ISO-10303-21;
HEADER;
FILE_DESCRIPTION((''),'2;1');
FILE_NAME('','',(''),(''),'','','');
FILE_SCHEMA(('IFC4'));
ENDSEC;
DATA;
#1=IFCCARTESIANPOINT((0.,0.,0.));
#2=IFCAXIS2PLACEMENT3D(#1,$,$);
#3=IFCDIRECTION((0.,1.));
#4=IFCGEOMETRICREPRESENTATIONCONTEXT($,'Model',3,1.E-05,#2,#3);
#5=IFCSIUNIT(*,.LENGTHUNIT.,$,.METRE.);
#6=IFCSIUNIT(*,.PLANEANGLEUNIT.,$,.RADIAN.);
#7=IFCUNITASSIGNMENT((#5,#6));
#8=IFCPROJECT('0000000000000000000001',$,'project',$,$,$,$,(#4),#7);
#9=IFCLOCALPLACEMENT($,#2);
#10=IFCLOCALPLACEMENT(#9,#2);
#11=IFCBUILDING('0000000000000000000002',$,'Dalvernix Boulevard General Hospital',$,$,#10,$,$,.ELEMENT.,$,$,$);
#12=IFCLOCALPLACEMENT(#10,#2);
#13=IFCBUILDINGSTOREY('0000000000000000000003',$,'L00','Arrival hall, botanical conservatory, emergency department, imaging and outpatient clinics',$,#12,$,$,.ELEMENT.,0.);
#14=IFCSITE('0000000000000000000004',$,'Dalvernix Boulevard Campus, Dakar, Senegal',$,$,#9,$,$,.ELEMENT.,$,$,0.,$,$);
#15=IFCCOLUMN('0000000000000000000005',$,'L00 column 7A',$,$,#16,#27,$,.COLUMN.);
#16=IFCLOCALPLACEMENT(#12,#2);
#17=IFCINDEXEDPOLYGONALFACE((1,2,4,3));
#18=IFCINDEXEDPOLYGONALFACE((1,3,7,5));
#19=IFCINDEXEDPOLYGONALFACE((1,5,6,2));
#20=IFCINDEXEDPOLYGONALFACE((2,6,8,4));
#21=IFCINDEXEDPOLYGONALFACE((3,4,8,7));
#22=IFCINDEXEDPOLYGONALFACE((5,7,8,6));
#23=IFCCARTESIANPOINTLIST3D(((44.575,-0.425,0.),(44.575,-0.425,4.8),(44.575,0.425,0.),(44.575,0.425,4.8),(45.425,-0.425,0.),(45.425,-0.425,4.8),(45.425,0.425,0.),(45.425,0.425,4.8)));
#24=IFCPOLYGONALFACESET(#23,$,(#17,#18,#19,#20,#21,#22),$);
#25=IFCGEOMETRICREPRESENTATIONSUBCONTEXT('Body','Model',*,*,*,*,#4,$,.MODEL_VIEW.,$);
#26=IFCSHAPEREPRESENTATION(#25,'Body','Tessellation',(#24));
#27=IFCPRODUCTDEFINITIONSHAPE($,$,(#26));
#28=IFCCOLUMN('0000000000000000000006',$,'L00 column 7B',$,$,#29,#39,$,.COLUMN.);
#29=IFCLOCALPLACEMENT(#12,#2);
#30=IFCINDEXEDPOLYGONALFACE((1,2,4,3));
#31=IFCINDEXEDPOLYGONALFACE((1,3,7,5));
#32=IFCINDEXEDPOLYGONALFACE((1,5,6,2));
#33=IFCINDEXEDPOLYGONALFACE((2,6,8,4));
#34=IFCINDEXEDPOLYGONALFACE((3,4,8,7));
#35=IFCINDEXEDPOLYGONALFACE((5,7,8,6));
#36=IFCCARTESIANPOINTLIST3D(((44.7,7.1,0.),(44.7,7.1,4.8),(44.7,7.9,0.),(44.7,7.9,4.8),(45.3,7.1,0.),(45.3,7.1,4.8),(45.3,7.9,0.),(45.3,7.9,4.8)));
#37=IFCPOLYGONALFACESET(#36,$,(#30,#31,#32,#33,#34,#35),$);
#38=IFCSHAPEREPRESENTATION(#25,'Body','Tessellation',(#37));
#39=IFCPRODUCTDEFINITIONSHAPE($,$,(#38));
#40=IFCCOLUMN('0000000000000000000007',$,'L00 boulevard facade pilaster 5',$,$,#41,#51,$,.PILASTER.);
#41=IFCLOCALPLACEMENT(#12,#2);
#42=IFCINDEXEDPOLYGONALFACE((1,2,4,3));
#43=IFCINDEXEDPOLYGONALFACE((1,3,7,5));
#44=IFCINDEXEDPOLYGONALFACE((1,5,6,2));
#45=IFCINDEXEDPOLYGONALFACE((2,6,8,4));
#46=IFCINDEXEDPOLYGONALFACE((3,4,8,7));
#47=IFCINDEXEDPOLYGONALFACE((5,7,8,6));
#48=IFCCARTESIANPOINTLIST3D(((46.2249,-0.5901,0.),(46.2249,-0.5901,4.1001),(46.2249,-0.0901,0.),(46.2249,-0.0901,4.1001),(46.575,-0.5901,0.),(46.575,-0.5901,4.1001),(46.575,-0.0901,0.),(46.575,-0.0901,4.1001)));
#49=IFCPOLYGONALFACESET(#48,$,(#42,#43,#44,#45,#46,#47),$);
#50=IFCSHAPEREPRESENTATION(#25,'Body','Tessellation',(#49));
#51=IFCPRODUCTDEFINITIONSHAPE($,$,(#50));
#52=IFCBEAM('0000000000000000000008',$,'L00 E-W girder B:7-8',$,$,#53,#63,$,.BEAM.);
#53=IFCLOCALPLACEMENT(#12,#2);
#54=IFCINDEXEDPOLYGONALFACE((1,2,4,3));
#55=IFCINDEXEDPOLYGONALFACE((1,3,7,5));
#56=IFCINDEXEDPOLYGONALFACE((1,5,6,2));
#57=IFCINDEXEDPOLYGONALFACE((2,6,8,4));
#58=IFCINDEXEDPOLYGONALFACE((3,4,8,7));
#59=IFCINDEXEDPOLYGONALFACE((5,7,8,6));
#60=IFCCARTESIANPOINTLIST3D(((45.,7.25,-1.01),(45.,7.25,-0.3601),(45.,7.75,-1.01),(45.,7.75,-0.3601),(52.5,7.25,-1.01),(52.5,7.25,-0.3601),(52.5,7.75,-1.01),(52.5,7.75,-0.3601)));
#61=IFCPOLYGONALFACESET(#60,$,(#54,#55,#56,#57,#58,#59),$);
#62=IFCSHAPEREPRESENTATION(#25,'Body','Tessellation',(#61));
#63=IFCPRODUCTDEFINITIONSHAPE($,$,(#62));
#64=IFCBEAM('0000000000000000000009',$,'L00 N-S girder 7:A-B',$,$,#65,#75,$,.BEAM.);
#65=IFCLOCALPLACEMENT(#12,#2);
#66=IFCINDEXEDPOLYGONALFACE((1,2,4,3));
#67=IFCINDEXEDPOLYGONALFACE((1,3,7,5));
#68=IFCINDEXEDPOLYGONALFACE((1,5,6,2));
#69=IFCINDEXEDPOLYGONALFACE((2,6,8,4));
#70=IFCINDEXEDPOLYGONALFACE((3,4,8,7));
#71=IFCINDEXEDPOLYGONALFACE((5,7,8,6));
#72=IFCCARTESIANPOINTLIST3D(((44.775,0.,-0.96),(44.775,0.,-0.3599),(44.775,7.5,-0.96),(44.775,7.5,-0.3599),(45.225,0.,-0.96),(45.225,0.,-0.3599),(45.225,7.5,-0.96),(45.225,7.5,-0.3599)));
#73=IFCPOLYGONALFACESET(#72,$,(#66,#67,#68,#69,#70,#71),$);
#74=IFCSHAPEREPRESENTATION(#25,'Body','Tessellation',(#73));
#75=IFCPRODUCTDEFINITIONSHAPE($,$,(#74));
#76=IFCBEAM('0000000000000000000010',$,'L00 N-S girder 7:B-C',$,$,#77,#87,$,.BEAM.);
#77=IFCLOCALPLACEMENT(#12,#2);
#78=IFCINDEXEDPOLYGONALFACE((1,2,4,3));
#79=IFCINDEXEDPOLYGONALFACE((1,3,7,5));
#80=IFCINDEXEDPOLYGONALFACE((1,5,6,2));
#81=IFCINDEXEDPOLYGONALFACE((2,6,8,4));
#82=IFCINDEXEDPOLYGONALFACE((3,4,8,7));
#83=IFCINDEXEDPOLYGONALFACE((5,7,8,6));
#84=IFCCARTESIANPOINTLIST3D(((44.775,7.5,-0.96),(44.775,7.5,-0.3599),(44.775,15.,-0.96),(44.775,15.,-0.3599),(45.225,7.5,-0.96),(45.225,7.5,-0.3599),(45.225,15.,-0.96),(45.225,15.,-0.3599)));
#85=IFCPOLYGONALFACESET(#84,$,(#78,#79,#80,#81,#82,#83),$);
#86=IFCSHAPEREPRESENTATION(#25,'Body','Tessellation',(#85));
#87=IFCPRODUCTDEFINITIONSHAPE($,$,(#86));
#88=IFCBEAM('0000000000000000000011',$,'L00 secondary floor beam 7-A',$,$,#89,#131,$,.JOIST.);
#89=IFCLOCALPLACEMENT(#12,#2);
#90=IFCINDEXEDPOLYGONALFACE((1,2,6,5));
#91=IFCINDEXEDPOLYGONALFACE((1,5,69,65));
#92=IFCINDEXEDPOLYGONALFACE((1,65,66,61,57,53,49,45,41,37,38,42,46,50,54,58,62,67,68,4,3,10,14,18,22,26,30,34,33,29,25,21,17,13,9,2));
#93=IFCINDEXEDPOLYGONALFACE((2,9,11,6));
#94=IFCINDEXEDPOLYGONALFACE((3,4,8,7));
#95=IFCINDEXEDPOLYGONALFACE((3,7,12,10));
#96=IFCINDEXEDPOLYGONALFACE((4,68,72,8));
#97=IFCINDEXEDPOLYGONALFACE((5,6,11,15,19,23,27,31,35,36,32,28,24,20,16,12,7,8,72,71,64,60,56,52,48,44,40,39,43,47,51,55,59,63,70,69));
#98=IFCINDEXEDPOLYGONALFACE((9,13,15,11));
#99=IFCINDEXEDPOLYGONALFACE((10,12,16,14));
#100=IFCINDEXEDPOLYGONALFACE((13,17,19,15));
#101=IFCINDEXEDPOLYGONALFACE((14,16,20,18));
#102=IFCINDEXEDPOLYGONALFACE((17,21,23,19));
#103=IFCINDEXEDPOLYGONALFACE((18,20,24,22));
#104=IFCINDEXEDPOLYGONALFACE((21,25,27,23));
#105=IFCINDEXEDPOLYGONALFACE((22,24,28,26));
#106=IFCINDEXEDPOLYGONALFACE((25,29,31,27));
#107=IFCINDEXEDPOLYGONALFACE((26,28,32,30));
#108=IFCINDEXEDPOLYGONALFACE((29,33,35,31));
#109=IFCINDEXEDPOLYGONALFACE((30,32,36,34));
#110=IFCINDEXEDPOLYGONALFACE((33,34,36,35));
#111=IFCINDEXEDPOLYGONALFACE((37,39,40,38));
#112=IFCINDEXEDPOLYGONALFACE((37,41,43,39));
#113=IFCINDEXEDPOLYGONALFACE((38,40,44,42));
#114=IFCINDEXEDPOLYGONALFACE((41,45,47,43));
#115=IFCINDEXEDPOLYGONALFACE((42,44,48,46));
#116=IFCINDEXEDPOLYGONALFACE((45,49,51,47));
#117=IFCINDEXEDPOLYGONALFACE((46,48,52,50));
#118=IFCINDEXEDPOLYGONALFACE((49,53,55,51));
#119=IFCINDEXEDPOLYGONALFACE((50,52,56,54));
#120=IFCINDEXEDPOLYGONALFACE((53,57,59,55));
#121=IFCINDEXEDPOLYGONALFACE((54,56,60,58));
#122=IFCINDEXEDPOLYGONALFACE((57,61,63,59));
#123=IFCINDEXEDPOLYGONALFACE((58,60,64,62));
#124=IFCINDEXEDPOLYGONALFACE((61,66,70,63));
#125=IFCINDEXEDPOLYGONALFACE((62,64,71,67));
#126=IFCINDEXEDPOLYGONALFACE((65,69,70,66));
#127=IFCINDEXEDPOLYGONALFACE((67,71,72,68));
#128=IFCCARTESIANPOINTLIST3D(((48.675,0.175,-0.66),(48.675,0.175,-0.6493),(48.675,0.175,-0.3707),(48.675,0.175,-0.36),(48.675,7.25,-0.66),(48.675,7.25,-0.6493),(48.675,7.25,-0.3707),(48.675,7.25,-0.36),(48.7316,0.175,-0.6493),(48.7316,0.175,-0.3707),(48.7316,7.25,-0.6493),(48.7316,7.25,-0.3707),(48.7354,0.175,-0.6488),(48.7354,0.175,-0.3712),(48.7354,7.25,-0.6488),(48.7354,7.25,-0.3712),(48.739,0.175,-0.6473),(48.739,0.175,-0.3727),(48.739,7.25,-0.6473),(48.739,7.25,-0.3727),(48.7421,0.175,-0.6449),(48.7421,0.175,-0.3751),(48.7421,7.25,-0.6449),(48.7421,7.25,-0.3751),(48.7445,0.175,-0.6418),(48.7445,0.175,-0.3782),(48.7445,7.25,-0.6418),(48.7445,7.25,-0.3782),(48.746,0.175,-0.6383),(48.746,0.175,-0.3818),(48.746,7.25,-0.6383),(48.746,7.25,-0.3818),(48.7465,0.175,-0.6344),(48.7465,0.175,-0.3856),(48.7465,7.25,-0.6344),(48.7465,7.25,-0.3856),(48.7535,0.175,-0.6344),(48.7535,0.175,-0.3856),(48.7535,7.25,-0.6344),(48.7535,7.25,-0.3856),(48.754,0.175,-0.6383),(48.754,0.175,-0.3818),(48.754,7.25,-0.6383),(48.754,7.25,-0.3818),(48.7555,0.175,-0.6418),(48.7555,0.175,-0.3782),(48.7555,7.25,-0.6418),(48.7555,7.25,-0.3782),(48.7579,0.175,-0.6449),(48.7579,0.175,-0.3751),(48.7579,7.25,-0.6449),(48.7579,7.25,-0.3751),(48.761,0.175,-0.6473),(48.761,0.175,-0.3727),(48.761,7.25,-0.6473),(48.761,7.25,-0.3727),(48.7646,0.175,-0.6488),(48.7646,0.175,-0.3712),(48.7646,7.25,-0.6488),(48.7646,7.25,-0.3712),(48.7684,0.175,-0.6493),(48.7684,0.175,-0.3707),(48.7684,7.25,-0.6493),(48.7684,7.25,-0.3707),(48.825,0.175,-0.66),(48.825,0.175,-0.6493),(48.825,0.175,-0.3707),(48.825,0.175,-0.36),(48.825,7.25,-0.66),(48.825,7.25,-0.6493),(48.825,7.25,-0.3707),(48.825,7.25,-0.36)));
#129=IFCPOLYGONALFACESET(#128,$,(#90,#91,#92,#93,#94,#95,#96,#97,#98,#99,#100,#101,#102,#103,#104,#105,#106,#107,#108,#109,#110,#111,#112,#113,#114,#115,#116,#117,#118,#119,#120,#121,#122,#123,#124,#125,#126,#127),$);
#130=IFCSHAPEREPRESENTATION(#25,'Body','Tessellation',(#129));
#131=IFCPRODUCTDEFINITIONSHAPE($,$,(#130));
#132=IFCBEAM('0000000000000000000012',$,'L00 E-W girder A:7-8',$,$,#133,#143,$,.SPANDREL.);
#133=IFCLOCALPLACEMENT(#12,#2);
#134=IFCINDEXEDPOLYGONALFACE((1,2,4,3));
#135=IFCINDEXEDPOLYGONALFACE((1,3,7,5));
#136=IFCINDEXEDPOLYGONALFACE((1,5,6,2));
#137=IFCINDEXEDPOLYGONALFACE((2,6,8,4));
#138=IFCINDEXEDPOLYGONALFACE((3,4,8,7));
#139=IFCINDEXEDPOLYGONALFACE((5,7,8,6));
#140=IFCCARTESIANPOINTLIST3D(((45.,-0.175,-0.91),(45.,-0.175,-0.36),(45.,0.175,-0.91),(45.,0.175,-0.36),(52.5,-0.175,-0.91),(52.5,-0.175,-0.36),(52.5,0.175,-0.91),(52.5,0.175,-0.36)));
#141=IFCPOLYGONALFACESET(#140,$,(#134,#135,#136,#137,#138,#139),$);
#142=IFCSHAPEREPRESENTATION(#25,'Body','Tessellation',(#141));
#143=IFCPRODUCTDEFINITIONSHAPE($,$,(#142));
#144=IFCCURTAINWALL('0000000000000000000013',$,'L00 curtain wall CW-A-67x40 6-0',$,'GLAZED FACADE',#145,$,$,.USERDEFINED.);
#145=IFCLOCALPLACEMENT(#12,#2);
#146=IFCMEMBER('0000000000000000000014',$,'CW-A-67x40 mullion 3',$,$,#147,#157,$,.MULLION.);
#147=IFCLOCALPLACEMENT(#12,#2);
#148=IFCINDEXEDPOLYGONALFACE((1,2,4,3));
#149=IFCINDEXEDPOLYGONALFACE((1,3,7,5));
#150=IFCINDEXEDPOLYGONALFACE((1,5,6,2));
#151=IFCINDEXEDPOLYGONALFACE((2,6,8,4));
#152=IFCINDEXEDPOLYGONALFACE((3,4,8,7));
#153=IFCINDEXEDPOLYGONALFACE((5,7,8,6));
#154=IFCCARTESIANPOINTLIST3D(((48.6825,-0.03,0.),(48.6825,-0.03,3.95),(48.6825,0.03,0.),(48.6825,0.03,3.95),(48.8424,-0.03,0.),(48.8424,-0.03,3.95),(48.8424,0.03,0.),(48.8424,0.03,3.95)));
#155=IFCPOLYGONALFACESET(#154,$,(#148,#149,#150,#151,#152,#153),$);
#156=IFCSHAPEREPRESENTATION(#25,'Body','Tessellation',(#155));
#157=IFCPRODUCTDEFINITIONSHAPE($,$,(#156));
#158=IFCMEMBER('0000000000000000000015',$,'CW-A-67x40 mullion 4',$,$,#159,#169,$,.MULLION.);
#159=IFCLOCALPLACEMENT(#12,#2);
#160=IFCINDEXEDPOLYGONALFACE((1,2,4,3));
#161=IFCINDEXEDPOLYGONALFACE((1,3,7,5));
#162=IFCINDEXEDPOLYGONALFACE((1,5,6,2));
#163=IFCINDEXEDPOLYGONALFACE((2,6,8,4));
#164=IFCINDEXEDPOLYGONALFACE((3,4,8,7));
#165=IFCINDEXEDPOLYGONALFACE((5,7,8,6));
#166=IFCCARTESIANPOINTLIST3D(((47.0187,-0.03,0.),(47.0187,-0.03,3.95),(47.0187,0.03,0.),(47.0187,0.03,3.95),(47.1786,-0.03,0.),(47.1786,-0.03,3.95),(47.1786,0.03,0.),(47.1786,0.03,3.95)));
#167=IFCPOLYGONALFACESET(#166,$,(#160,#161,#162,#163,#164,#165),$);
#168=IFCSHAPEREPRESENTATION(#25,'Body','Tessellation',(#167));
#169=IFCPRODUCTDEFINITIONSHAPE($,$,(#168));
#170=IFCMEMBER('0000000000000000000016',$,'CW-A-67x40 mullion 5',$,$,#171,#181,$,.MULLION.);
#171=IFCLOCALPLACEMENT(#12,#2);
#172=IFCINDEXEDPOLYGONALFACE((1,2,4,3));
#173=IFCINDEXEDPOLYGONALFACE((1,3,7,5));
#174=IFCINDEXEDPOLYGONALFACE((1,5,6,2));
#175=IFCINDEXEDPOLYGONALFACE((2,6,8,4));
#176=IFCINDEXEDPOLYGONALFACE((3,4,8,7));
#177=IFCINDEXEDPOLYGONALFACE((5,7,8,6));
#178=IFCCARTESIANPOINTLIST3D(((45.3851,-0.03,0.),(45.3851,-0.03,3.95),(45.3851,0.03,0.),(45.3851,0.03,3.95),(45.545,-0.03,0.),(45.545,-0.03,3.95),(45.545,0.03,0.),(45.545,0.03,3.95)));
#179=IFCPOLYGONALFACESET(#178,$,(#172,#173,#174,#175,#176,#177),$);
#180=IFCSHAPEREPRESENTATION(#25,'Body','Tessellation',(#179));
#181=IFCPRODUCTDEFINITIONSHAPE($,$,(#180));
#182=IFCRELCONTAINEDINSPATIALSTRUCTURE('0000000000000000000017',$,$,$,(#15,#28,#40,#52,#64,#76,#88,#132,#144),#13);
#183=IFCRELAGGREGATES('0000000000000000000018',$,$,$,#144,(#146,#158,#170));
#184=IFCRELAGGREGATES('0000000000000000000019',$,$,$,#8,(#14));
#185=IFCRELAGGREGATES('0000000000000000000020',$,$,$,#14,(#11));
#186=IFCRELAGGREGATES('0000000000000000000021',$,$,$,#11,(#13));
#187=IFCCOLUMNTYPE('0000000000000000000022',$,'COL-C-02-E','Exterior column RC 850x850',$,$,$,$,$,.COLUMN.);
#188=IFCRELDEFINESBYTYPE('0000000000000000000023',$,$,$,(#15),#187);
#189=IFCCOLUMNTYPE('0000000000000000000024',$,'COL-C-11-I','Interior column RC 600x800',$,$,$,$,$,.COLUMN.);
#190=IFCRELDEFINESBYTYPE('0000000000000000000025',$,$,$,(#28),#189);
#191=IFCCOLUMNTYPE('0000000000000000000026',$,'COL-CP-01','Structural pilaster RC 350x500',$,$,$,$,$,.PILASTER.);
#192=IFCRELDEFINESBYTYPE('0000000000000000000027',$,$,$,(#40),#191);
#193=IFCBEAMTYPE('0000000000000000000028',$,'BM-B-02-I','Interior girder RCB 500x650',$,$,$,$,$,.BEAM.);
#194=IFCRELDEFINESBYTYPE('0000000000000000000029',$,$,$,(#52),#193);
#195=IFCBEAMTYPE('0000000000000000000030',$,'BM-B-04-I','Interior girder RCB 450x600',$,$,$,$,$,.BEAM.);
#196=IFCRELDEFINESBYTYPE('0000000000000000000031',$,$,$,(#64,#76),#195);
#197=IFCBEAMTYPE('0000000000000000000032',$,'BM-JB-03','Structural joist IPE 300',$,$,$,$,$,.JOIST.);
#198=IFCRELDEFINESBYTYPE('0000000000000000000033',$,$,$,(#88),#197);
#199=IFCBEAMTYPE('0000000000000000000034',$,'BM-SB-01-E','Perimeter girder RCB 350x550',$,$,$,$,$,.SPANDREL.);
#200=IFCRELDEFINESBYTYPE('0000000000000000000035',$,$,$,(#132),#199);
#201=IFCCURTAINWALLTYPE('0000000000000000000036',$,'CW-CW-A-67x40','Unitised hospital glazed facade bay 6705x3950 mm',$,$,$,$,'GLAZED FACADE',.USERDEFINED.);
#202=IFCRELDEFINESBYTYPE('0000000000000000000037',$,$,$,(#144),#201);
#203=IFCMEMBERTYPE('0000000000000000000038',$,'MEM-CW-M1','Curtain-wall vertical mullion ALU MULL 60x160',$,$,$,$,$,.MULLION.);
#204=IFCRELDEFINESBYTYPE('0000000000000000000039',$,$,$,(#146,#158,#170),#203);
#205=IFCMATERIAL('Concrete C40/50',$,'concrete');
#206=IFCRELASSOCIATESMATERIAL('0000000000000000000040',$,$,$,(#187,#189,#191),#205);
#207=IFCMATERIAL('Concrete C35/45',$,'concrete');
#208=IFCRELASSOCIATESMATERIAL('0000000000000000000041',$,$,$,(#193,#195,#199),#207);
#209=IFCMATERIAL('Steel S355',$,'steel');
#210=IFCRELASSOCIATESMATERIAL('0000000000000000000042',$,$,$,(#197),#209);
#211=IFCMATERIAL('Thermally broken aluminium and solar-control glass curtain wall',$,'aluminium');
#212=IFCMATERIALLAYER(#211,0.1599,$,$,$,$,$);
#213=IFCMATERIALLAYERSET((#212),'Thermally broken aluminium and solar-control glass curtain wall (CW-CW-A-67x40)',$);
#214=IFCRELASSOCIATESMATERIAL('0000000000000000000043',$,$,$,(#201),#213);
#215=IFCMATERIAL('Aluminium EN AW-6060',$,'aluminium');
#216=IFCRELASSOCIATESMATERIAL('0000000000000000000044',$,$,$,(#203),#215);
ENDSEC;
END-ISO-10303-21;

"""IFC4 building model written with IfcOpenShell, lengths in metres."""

from ifc_helpers import new_model, si_unit, direction, frame, origin, origin_2d, place, context, subcontext, project, spatial, rectangle, i_section, extrude, material, layer, layer_set, material_profile, profile_set, type_object, element, aggregate, save


model = new_model("IFC4")

# Units and contexts
model_context = context("Model", 3, precision=1e-05, world=origin(), true_north=direction((0.0, 1.0)))
body_context = subcontext(model_context, "Body", "Model", "MODEL_VIEW")
ifc_project = project(units=[si_unit("LENGTHUNIT", "METRE"), si_unit("PLANEANGLEUNIT", "RADIAN")], contexts=[model_context])

# Site, building, storey
site_placement = place(None, origin())
site = spatial("IfcSite", under=ifc_project, at=site_placement, Name="Dalvernix Boulevard Campus, Dakar, Senegal", CompositionType="ELEMENT", RefElevation=0.0)
building_placement = place(site_placement, origin())
building = spatial("IfcBuilding", under=site, at=building_placement, Name="Dalvernix Boulevard General Hospital", CompositionType="ELEMENT")
storey_placement = place(building_placement, origin())
storey = spatial("IfcBuildingStorey", under=building, at=storey_placement, Name="L00", Description="Arrival hall, botanical conservatory, emergency department, imaging and outpatient clinics", CompositionType="ELEMENT", Elevation=0.0)

# Columns
ifc_material_1 = material(Name="Concrete C40/50", Category="concrete")
ifc_material_profile_1 = material_profile(ifc_material_1, rectangle(XDim=0.8501, YDim=0.8501, at=origin_2d()), Name="RC 850x850")
ifc_profile_set_1 = profile_set([ifc_material_profile_1], Name="Concrete C40/50")
column_type_1 = type_object("IfcColumnType", Name="COL-C-02-E", Description="Exterior column RC 850x850", PredefinedType="COLUMN", material=ifc_profile_set_1)
column_1_placement = place(storey_placement, frame((45.0, 0.0, 0.0), z_axis=(0.0, 0.0, 1.0), x_axis=(1.0, 0.0, 0.0)))
element("IfcColumn", 1, at=column_1_placement, inside=storey, type_object=column_type_1, Name="L00 column 7A", PredefinedType="COLUMN", context=body_context, shape_type="SweptSolid", body=[
    extrude(rectangle(XDim=0.8501, YDim=0.8501, at=origin_2d()), origin(), (0.0, 0.0, 1.0), 4.8),
])
ifc_material_profile_2 = material_profile(ifc_material_1, rectangle(XDim=0.6001, YDim=0.8, at=origin_2d()), Name="RC 600x800")
ifc_profile_set_2 = profile_set([ifc_material_profile_2], Name="Concrete C40/50")
column_type_2 = type_object("IfcColumnType", Name="COL-C-11-I", Description="Interior column RC 600x800", PredefinedType="COLUMN", material=ifc_profile_set_2)
column_2_placement = place(storey_placement, frame((45.0, 7.5, 0.0), z_axis=(0.0, 0.0, 1.0), x_axis=(1.0, 0.0, 0.0)))
element("IfcColumn", 2, at=column_2_placement, inside=storey, type_object=column_type_2, Name="L00 column 7B", PredefinedType="COLUMN", context=body_context, shape_type="SweptSolid", body=[
    extrude(rectangle(XDim=0.6001, YDim=0.8, at=origin_2d()), origin(), (0.0, 0.0, 1.0), 4.8),
])
ifc_material_profile_3 = material_profile(ifc_material_1, rectangle(XDim=0.3501, YDim=0.5, at=origin_2d()), Name="RC 350x500")
ifc_profile_set_3 = profile_set([ifc_material_profile_3], Name="Concrete C40/50")
column_type_3 = type_object("IfcColumnType", Name="COL-CP-01", Description="Structural pilaster RC 350x500", PredefinedType="PILASTER", material=ifc_profile_set_3)
column_3_placement = place(storey_placement, frame((46.3999, -0.3401, 0.0), z_axis=(0.0, 0.0, 1.0), x_axis=(1.0, 0.0, 0.0)))
element("IfcColumn", 3, at=column_3_placement, inside=storey, type_object=column_type_3, Name="L00 boulevard facade pilaster 5", PredefinedType="PILASTER", context=body_context, shape_type="SweptSolid", body=[
    extrude(rectangle(XDim=0.3501, YDim=0.5, at=origin_2d()), origin(), (0.0, 0.0, 1.0), 4.1001),
])

# Beams
ifc_material_2 = material(Name="Concrete C35/45", Category="concrete")
ifc_material_profile_4 = material_profile(ifc_material_2, rectangle(XDim=0.5, YDim=0.6499, at=origin_2d()), Name="RCB 500x650")
ifc_profile_set_4 = profile_set([ifc_material_profile_4], Name="Concrete C35/45")
beam_type_1 = type_object("IfcBeamType", Name="BM-B-02-I", Description="Interior girder RCB 500x650", PredefinedType="BEAM", material=ifc_profile_set_4)
beam_1_placement = place(storey_placement, frame((45.0, 7.5, -0.6851), z_axis=(1.0, 0.0, 0.0), x_axis=(0.0, 1.0, 0.0)))
element("IfcBeam", 4, at=beam_1_placement, inside=storey, type_object=beam_type_1, Name="L00 E-W girder B:7-8", PredefinedType="BEAM", context=body_context, shape_type="SweptSolid", body=[
    extrude(rectangle(XDim=0.5, YDim=0.6499, at=origin_2d()), origin(), (0.0, 0.0, 1.0), 7.5),
])
ifc_material_profile_5 = material_profile(ifc_material_2, rectangle(XDim=0.45, YDim=0.6001, at=origin_2d()), Name="RCB 450x600")
ifc_profile_set_5 = profile_set([ifc_material_profile_5], Name="Concrete C35/45")
beam_type_2 = type_object("IfcBeamType", Name="BM-B-04-I", Description="Interior girder RCB 450x600", PredefinedType="BEAM", material=ifc_profile_set_5)
for number, where, z_axis, x_axis, name in (
    (5, (45.0, 0.0, -0.6599), (0.0, 1.0, 0.0), (-1.0, 0.0, 0.0), "L00 N-S girder 7:A-B"),
    (6, (45.0, 7.5, -0.6599), (0.0, 1.0, 0.0), (-1.0, 0.0, 0.0), "L00 N-S girder 7:B-C"),
):
    element("IfcBeam", number, at=place(storey_placement, frame(where, z_axis=z_axis, x_axis=x_axis)), inside=storey, type_object=beam_type_2, Name=name, PredefinedType="BEAM", context=body_context, shape_type="SweptSolid", body=[
        extrude(rectangle(XDim=0.45, YDim=0.6001, at=origin_2d()), origin(), (0.0, 0.0, 1.0), 7.5),
    ])
ifc_material_3 = material(Name="Steel S355", Category="steel")
ifc_material_profile_6 = material_profile(ifc_material_3, i_section(OverallWidth=0.1499, OverallDepth=0.3, WebThickness=0.0071, FlangeThickness=0.0107, FilletRadius=0.0149, at=origin_2d()), Name="IPE 300")
ifc_profile_set_6 = profile_set([ifc_material_profile_6], Name="Steel S355")
beam_type_3 = type_object("IfcBeamType", Name="BM-JB-03", Description="Structural joist IPE 300", PredefinedType="JOIST", material=ifc_profile_set_6)
beam_2_placement = place(storey_placement, frame((48.75, 0.175, -0.51), z_axis=(0.0, 1.0, 0.0), x_axis=(-1.0, 0.0, 0.0)))
element("IfcBeam", 7, at=beam_2_placement, inside=storey, type_object=beam_type_3, Name="L00 secondary floor beam 7-A", PredefinedType="JOIST", context=body_context, shape_type="SweptSolid", body=[
    extrude(i_section(OverallWidth=0.1499, OverallDepth=0.3, WebThickness=0.0071, FlangeThickness=0.0107, FilletRadius=0.0149, at=origin_2d()), origin(), (0.0, 0.0, 1.0), 7.075),
])
ifc_material_profile_7 = material_profile(ifc_material_2, rectangle(XDim=0.3501, YDim=0.55, at=origin_2d()), Name="RCB 350x550")
ifc_profile_set_7 = profile_set([ifc_material_profile_7], Name="Concrete C35/45")
beam_type_4 = type_object("IfcBeamType", Name="BM-SB-01-E", Description="Perimeter girder RCB 350x550", PredefinedType="SPANDREL", material=ifc_profile_set_7)
beam_3_placement = place(storey_placement, frame((45.0, 0.0, -0.635), z_axis=(1.0, 0.0, 0.0), x_axis=(0.0, 1.0, 0.0)))
element("IfcBeam", 8, at=beam_3_placement, inside=storey, type_object=beam_type_4, Name="L00 E-W girder A:7-8", PredefinedType="SPANDREL", context=body_context, shape_type="SweptSolid", body=[
    extrude(rectangle(XDim=0.3501, YDim=0.55, at=origin_2d()), origin(), (0.0, 0.0, 1.0), 7.5),
])

# Curtain wall, members
ifc_material_4 = material(Name="Thermally broken aluminium and solar-control glass curtain wall", Category="aluminium")
ifc_layer_1 = layer(ifc_material_4, 0.1599)
ifc_layer_set_1 = layer_set([ifc_layer_1], Name="Thermally broken aluminium and solar-control glass curtain wall (CW-CW-A-67x40)")
curtain_wall_type = type_object("IfcCurtainWallType", Name="CW-CW-A-67x40", Description="Unitised hospital glazed facade bay 6705x3950 mm", ElementType="GLAZED FACADE", PredefinedType="USERDEFINED", material=ifc_layer_set_1)
curtain_wall_placement = place(storey_placement, origin())
curtain_wall = element("IfcCurtainWall", 9, at=curtain_wall_placement, inside=storey, type_object=curtain_wall_type, Name="L00 curtain wall CW-A-67x40 6-0", ObjectType="GLAZED FACADE", PredefinedType="USERDEFINED")
ifc_material_5 = material(Name="Aluminium EN AW-6060", Category="aluminium")
ifc_material_profile_8 = material_profile(ifc_material_5, rectangle(XDim=0.0601, YDim=0.1599, at=origin_2d()), Name="ALU MULL 60x160")
ifc_profile_set_8 = profile_set([ifc_material_profile_8], Name="Aluminium EN AW-6060")
member_type_1 = type_object("IfcMemberType", Name="MEM-CW-M1", Description="Curtain-wall vertical mullion ALU MULL 60x160", PredefinedType="MULLION", material=ifc_profile_set_8)
member_1_placement = place(storey_placement, frame((48.7625, 0.0, 0.0), z_axis=(0.0, 0.0, 1.0), x_axis=(0.0, -1.0, 0.0)))
member_1 = element("IfcMember", 10, at=member_1_placement, type_object=member_type_1, Name="CW-A-67x40 mullion 3", PredefinedType="MULLION", context=body_context, shape_type="SweptSolid", body=[
    extrude(rectangle(XDim=0.0601, YDim=0.1599, at=origin_2d()), origin(), (0.0, 0.0, 1.0), 3.95),
])
member_2_placement = place(storey_placement, frame((47.0986, 0.0, 0.0), z_axis=(0.0, 0.0, 1.0), x_axis=(0.0, -1.0, 0.0)))
member_2 = element("IfcMember", 11, at=member_2_placement, type_object=member_type_1, Name="CW-A-67x40 mullion 4", PredefinedType="MULLION", context=body_context, shape_type="SweptSolid", body=[
    extrude(rectangle(XDim=0.0601, YDim=0.1599, at=origin_2d()), origin(), (0.0, 0.0, 1.0), 3.95),
])
member_3_placement = place(storey_placement, frame((45.4651, 0.0, 0.0), z_axis=(0.0, 0.0, 1.0), x_axis=(0.0, -1.0, 0.0)))
member_3 = element("IfcMember", 12, at=member_3_placement, type_object=member_type_1, Name="CW-A-67x40 mullion 5", PredefinedType="MULLION", context=body_context, shape_type="SweptSolid", body=[
    extrude(rectangle(XDim=0.0601, YDim=0.1599, at=origin_2d()), origin(), (0.0, 0.0, 1.0), 3.95),
])
aggregate(curtain_wall, [member_1, member_2, member_3])

save(model, "model.ifc")
